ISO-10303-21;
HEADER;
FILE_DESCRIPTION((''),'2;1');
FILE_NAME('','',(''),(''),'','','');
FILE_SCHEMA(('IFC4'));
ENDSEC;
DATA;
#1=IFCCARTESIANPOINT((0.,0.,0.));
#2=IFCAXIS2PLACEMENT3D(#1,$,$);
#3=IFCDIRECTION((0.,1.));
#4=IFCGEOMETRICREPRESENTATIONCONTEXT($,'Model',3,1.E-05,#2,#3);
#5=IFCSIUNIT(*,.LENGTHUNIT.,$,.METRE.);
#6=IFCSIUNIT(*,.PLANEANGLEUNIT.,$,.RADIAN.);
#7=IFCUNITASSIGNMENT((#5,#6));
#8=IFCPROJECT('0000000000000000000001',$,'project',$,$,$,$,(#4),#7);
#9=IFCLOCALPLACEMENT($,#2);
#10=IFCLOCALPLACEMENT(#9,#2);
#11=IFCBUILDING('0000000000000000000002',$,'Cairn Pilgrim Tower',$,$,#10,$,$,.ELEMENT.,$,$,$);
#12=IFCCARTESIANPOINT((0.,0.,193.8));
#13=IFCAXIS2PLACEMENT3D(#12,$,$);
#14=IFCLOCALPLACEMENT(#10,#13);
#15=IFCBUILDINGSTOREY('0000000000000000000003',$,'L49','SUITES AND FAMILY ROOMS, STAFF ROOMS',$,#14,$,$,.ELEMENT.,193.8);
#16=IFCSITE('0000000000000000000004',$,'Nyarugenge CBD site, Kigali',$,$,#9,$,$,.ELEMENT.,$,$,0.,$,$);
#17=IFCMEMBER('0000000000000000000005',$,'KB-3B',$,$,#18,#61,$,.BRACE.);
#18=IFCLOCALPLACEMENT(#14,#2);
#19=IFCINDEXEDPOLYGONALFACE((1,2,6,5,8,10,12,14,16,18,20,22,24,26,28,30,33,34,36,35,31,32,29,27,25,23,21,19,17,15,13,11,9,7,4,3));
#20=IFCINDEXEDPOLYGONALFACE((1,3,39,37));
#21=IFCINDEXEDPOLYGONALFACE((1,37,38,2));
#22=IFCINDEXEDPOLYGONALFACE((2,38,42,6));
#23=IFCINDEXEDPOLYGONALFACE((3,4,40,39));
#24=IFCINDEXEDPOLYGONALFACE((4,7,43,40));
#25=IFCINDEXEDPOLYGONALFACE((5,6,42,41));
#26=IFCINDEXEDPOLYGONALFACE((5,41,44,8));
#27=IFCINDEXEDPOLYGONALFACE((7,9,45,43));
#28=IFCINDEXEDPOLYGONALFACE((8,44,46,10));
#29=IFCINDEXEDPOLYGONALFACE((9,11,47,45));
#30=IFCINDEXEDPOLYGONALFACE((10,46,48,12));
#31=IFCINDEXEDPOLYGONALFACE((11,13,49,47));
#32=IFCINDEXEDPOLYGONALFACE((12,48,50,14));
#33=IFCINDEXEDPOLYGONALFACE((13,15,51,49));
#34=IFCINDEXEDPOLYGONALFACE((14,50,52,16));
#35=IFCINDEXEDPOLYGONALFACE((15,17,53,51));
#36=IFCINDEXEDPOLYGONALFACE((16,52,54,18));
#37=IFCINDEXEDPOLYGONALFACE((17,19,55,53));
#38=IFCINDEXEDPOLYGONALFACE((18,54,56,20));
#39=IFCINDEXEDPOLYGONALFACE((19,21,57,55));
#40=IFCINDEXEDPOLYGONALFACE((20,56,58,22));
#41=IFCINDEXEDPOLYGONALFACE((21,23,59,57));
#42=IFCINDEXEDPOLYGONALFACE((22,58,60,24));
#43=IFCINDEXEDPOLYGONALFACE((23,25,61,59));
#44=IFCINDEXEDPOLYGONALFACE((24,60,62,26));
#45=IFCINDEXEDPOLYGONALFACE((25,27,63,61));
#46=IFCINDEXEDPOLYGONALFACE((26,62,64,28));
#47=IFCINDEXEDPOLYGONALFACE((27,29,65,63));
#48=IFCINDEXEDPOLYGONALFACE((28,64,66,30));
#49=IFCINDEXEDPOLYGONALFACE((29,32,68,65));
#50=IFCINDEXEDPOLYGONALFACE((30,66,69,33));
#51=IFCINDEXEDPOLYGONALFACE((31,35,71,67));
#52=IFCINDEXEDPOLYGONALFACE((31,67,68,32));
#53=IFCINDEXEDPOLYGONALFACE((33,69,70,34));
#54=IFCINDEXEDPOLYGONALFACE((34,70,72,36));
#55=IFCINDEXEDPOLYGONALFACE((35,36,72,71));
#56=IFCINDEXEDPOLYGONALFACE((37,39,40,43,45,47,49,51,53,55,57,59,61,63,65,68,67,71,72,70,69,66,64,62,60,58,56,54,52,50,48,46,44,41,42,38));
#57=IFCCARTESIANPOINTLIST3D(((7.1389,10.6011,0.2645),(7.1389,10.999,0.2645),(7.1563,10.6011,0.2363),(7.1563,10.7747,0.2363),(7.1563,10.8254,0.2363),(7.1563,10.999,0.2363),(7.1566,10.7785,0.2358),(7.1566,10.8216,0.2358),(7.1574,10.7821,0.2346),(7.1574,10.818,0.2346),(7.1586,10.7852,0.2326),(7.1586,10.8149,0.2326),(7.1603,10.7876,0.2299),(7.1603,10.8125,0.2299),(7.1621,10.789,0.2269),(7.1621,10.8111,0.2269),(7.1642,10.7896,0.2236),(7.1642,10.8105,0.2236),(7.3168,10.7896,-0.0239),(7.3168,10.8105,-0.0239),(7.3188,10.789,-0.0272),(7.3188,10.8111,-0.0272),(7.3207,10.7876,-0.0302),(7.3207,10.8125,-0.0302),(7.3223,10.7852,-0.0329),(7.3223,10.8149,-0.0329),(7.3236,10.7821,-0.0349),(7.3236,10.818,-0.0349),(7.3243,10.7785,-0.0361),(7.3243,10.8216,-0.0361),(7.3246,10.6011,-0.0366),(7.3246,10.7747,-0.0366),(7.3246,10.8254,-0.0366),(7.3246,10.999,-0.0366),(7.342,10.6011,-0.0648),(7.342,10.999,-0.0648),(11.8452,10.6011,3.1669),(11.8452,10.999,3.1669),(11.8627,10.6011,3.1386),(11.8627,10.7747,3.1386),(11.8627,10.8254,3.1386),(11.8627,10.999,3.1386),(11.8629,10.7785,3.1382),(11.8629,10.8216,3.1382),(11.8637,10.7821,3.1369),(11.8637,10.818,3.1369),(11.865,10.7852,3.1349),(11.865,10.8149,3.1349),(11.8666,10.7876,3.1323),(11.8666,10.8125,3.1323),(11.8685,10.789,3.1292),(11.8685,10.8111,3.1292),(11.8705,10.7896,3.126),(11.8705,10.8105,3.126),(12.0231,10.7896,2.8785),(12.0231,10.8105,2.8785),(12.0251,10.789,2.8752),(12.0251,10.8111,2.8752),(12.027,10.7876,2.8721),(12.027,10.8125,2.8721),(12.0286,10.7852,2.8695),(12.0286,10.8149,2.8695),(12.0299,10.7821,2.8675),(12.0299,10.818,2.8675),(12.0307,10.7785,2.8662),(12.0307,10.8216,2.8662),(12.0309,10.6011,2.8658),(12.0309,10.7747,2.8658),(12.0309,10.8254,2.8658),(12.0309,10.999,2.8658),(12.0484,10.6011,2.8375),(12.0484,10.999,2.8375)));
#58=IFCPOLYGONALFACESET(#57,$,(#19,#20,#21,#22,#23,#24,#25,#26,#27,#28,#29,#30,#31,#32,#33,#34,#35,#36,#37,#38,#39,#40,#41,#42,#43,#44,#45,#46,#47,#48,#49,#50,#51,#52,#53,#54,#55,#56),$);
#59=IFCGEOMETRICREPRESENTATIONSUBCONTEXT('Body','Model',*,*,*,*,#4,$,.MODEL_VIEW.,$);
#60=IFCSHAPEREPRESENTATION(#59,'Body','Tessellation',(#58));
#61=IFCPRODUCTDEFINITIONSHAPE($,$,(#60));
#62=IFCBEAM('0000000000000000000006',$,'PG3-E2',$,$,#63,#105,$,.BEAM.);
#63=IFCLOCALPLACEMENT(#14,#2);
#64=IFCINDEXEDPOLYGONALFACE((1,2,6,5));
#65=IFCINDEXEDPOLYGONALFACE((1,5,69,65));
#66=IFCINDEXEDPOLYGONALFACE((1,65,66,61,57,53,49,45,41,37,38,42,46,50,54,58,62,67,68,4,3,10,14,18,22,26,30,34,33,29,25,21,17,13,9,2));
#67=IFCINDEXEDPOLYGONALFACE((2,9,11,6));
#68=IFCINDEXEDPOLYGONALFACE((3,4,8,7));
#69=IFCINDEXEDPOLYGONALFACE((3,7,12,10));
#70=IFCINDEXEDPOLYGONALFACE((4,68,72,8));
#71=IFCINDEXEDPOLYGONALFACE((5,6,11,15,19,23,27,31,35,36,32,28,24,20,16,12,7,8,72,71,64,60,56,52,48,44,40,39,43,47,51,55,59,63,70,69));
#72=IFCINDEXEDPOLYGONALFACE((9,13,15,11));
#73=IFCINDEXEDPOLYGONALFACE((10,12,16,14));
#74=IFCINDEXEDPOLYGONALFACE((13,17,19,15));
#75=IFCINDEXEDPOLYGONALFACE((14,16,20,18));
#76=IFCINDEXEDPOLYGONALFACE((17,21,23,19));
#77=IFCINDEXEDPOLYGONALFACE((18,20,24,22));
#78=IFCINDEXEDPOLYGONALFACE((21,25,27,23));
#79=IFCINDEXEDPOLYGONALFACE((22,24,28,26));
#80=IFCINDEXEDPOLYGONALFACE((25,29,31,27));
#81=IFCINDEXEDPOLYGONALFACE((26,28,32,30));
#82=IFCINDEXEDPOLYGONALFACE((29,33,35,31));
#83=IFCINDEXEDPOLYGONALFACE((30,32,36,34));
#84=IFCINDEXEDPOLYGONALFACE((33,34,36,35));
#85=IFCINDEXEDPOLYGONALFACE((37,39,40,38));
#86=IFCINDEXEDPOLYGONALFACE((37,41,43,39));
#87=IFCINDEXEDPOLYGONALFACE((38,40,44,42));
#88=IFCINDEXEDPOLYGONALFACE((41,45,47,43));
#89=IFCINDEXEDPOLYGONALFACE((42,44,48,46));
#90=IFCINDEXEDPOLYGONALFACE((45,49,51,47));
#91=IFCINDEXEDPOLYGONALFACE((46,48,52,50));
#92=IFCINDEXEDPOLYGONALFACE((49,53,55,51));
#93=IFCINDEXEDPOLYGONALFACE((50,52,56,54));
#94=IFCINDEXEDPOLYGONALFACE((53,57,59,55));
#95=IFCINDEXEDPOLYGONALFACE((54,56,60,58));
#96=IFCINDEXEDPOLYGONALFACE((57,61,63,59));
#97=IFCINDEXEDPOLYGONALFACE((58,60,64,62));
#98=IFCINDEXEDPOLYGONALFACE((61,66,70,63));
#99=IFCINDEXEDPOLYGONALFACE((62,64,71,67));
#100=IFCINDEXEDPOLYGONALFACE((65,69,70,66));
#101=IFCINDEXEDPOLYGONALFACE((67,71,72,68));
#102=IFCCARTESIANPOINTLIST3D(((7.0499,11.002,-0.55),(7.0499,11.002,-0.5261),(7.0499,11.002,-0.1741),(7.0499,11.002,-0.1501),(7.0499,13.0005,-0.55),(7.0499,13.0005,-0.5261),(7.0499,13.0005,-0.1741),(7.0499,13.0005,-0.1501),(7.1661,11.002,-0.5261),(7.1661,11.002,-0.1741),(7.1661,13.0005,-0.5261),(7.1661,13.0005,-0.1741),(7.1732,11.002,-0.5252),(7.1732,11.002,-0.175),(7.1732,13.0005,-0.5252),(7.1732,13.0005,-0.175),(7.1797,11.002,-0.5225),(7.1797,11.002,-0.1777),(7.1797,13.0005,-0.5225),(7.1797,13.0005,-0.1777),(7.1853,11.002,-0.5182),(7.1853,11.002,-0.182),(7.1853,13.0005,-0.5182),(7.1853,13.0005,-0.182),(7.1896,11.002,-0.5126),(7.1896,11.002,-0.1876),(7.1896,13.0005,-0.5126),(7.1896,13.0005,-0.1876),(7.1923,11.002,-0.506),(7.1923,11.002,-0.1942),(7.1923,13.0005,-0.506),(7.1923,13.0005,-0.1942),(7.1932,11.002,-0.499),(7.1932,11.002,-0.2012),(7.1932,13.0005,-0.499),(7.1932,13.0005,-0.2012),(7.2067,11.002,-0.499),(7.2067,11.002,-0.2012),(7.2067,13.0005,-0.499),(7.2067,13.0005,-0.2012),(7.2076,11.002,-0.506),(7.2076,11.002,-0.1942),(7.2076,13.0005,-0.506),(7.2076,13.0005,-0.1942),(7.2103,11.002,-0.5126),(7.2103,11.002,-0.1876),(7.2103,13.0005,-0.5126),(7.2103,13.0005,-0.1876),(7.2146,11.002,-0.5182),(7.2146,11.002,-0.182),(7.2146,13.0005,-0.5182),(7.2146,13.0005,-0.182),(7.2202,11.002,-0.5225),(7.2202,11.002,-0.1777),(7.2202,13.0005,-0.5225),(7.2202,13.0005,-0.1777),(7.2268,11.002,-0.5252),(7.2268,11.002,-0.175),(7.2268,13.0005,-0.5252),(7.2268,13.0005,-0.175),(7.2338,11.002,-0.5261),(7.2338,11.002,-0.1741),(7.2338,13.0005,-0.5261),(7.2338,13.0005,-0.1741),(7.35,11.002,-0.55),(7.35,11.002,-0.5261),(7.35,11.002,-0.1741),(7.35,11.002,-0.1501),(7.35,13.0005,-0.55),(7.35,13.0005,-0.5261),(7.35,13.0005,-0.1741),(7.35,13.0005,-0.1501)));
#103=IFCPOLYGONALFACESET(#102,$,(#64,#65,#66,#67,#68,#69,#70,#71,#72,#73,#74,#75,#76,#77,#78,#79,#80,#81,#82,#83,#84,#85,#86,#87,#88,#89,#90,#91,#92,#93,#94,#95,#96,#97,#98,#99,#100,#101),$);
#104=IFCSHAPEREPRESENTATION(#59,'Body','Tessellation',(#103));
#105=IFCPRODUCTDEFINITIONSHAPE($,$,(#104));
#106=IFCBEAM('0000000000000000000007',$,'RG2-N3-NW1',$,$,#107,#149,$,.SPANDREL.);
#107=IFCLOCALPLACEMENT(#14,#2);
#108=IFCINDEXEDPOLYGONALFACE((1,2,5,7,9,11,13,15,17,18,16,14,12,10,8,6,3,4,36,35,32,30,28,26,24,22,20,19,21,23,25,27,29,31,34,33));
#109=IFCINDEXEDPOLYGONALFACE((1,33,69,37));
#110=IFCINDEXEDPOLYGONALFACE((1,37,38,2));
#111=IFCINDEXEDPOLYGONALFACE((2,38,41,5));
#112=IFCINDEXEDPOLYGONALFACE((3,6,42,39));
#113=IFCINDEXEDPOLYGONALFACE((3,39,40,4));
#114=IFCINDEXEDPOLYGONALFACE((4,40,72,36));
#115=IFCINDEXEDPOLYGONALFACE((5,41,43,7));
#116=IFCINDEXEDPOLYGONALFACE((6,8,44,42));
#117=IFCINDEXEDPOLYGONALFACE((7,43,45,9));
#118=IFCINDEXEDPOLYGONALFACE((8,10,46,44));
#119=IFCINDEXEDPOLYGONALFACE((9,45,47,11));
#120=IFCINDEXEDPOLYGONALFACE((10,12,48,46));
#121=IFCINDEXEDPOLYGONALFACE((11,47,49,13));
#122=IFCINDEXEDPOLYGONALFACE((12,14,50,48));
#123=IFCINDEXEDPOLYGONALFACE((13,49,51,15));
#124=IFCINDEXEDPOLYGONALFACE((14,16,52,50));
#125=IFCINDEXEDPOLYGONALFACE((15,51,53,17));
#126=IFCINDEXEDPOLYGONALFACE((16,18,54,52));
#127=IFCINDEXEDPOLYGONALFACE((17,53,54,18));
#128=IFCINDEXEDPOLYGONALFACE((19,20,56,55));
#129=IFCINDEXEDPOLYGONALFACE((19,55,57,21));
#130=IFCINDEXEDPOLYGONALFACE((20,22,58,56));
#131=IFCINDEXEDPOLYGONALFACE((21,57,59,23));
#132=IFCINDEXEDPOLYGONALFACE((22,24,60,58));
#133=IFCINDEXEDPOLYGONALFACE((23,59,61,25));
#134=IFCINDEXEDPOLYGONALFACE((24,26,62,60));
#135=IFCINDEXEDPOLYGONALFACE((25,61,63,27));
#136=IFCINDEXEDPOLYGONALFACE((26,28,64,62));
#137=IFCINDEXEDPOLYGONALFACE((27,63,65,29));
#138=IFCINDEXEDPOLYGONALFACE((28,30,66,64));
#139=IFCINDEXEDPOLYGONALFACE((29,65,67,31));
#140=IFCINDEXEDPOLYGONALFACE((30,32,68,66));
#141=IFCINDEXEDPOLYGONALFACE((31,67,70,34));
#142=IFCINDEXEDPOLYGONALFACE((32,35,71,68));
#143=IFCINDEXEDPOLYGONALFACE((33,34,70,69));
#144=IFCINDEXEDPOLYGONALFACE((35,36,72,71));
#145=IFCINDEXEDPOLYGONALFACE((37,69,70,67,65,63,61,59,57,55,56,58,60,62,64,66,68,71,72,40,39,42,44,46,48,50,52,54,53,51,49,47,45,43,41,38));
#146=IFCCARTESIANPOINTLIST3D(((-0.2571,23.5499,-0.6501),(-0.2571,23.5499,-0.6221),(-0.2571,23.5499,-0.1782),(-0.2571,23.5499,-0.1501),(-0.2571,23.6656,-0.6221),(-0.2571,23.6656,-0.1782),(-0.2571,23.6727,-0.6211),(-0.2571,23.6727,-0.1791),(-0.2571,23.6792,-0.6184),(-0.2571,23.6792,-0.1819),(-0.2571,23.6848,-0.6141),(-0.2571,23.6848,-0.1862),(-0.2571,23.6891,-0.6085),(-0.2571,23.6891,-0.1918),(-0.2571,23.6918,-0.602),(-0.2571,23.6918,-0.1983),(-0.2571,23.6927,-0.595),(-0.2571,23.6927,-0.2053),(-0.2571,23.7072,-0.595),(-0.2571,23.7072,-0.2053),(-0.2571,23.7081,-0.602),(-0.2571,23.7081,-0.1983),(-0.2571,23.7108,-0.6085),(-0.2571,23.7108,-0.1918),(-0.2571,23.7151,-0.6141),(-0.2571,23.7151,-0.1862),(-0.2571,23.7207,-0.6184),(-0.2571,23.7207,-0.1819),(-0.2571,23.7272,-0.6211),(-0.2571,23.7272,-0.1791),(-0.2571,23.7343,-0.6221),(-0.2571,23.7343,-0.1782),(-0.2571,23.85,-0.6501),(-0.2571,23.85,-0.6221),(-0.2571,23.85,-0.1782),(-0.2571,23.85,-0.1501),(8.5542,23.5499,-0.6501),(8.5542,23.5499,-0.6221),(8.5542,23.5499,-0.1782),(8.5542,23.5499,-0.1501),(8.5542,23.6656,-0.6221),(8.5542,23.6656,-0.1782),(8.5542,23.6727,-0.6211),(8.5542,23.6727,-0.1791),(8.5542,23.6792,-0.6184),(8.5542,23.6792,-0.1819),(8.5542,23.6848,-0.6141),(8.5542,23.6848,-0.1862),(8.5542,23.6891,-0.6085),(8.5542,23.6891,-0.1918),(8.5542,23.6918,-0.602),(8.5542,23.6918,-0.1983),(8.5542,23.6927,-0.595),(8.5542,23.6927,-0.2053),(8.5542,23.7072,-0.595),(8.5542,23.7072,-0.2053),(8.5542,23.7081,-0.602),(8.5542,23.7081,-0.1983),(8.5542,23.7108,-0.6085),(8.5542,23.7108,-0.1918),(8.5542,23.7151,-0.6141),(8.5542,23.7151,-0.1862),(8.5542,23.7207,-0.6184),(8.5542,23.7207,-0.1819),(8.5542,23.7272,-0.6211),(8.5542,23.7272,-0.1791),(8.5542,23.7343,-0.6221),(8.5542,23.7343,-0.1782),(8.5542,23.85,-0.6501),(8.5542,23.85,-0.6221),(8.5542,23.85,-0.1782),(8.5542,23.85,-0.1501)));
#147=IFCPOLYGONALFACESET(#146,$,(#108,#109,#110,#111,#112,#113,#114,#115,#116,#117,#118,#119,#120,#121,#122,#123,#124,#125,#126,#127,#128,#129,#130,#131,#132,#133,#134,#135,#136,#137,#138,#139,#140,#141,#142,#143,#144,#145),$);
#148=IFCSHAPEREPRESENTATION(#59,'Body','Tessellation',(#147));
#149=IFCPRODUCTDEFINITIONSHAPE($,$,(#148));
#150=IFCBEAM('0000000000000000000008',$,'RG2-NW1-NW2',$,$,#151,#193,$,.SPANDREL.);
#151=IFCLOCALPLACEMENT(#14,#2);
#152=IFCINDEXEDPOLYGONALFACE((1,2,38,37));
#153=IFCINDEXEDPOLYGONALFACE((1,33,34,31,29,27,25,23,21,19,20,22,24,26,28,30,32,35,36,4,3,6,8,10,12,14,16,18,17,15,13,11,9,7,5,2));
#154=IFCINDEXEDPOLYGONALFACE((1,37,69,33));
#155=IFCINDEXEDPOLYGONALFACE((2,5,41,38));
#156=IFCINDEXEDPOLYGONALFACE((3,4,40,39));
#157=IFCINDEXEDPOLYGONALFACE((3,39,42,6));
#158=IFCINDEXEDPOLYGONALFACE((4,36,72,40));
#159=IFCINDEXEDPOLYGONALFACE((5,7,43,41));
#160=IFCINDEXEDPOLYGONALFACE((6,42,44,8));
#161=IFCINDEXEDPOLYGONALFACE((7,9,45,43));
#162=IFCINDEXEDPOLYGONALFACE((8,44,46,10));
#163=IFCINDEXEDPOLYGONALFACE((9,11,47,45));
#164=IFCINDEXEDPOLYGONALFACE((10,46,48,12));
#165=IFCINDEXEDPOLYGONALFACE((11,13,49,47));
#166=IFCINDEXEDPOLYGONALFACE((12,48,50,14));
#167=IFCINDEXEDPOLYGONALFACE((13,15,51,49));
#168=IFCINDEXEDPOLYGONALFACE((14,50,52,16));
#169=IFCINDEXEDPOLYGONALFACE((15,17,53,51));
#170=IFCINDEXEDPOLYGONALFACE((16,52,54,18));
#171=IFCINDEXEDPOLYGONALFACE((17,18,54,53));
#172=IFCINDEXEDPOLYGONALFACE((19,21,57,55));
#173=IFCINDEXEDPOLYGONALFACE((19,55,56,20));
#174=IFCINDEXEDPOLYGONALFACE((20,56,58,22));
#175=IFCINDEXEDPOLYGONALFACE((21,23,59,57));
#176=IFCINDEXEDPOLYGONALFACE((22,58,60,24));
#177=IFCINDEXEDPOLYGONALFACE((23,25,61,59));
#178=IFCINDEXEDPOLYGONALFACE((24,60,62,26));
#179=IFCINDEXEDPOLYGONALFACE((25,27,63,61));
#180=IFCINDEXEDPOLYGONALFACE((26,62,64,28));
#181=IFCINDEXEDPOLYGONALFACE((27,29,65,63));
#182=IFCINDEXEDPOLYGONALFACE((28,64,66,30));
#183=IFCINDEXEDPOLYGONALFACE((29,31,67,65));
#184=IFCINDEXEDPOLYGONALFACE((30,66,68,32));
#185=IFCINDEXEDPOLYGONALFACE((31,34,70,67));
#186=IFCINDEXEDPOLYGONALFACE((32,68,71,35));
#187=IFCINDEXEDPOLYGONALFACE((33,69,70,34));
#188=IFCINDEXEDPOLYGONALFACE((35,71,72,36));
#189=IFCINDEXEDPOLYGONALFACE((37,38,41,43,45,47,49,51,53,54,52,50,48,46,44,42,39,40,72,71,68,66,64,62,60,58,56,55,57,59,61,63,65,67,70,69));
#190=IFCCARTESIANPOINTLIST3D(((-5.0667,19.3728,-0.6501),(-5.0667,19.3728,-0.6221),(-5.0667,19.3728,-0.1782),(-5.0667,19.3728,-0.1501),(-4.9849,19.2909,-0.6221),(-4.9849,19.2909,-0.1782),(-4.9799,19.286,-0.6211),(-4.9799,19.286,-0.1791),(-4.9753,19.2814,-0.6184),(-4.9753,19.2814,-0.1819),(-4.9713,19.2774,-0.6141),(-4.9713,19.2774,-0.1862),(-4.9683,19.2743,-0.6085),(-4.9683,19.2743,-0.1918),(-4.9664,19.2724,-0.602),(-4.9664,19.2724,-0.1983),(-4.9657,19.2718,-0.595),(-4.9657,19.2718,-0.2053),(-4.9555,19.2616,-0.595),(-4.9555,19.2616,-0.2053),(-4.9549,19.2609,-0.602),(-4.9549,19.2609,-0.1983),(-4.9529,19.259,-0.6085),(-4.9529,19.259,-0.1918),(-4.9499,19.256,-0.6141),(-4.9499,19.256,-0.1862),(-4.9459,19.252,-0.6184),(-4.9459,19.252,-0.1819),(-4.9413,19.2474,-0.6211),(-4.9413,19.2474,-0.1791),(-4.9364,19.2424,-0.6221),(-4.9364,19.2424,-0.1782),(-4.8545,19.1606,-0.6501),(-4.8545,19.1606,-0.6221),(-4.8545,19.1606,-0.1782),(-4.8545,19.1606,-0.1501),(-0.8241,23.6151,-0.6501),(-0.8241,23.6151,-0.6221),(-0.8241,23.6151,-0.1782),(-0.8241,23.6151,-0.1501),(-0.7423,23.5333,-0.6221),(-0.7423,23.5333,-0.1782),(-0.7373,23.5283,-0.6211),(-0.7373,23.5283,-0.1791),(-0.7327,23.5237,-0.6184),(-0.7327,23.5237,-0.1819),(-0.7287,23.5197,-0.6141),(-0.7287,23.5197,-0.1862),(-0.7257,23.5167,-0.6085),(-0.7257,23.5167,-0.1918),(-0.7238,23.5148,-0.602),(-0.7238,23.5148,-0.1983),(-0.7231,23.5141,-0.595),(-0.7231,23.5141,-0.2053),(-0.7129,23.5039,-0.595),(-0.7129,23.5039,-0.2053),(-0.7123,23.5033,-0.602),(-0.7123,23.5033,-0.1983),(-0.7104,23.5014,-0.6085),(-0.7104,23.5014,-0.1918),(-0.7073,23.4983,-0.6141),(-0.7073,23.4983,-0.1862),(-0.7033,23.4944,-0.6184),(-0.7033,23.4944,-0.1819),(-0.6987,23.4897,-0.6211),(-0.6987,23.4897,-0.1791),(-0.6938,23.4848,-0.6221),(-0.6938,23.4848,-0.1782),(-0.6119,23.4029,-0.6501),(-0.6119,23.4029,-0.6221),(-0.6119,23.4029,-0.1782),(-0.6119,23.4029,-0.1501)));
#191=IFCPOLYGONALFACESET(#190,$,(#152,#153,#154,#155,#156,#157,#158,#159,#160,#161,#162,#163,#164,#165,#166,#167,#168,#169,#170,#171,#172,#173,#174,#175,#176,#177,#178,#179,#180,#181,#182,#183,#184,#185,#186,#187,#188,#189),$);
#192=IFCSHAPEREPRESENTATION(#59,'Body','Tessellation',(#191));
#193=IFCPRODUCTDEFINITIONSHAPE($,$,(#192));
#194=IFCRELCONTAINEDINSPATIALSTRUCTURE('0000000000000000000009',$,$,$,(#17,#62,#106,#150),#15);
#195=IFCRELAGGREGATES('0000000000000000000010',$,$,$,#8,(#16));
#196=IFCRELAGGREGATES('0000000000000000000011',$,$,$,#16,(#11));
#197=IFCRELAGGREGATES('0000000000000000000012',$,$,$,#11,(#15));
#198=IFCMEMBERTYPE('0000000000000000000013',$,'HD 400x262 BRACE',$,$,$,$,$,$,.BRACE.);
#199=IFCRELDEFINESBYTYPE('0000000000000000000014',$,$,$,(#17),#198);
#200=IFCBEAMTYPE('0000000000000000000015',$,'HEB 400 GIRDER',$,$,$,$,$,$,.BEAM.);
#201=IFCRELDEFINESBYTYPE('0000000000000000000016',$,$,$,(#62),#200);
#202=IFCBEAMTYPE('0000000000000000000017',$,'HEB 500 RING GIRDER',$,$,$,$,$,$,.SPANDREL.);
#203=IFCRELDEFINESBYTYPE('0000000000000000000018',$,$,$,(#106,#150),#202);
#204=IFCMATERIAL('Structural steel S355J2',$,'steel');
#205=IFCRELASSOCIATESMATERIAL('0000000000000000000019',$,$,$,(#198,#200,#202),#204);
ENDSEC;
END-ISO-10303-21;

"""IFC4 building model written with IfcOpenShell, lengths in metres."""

from ifc_helpers import new_model, si_unit, direction, frame, origin, origin_2d, place, context, subcontext, project, spatial, i_section, extrude, material, material_profile, profile_set, type_object, element, save


model = new_model("IFC4")

# Units and contexts
model_context = context("Model", 3, precision=1e-05, world=origin(), true_north=direction((0.0, 1.0)))
body_context = subcontext(model_context, "Body", "Model", "MODEL_VIEW")
ifc_project = project(units=[si_unit("LENGTHUNIT", "METRE"), si_unit("PLANEANGLEUNIT", "RADIAN")], contexts=[model_context])

# Site, building, storey
site_placement = place(None, origin())
site = spatial("IfcSite", under=ifc_project, at=site_placement, Name="Nyarugenge CBD site, Kigali", CompositionType="ELEMENT", RefElevation=0.0)
building_placement = place(site_placement, origin())
building = spatial("IfcBuilding", under=site, at=building_placement, Name="Cairn Pilgrim Tower", CompositionType="ELEMENT")
storey_placement = place(building_placement, frame((0.0, 0.0, 193.8)))
storey = spatial("IfcBuildingStorey", under=building, at=storey_placement, Name="L49", Description="SUITES AND FAMILY ROOMS, STAFF ROOMS", CompositionType="ELEMENT", Elevation=193.8)

# Shared definitions
ifc_material_1 = material(Name="Structural steel S355J2", Category="steel")

# Member
ifc_material_profile_1 = material_profile(ifc_material_1, i_section(OverallWidth=0.3979, OverallDepth=0.387, WebThickness=0.021, FlangeThickness=0.0332, FilletRadius=0.0149, at=origin_2d()), Name="HD 400x262")
ifc_profile_set_1 = profile_set([ifc_material_profile_1], Name="Structural steel S355J2")
member_type_1 = type_object("IfcMemberType", Name="HD 400x262 BRACE", PredefinedType="BRACE", material=ifc_profile_set_1)
member_1_placement = place(storey_placement, frame((7.2405, 10.8, 0.0999), z_axis=(0.851161, 0.0, 0.524905), x_axis=(0.0, 1.0, 0.0)))
element("IfcMember", 1, at=member_1_placement, inside=storey, type_object=member_type_1, Name="KB-3B", PredefinedType="BRACE", context=body_context, shape_type="SweptSolid", body=[
    extrude(i_section(OverallWidth=0.3979, OverallDepth=0.387, WebThickness=0.021, FlangeThickness=0.0332, FilletRadius=0.0149, at=origin_2d()), origin(), (0.0, 0.0, 1.0), 5.5293),
])

# Beams
ifc_material_profile_2 = material_profile(ifc_material_1, i_section(OverallWidth=0.3, OverallDepth=0.3999, WebThickness=0.0134, FlangeThickness=0.0239, FilletRadius=0.0271, at=origin_2d()), Name="HEB 400")
ifc_profile_set_2 = profile_set([ifc_material_profile_2], Name="Structural steel S355J2")
beam_type_1 = type_object("IfcBeamType", Name="HEB 400 GIRDER", PredefinedType="BEAM", material=ifc_profile_set_2)
beam_1_placement = place(storey_placement, frame((7.2, 11.002, -0.3501), z_axis=(0.0, 1.0, 0.0), x_axis=(-1.0, 0.0, 0.0)))
element("IfcBeam", 2, at=beam_1_placement, inside=storey, type_object=beam_type_1, Name="PG3-E2", PredefinedType="BEAM", context=body_context, shape_type="SweptSolid", body=[
    extrude(i_section(OverallWidth=0.3, OverallDepth=0.3999, WebThickness=0.0134, FlangeThickness=0.0239, FilletRadius=0.0271, at=origin_2d()), origin(), (0.0, 0.0, 1.0), 1.9985),
])
ifc_material_profile_3 = material_profile(ifc_material_1, i_section(OverallWidth=0.3, OverallDepth=0.5, WebThickness=0.0144, FlangeThickness=0.0281, FilletRadius=0.0271, at=origin_2d()), Name="HEB 500")
ifc_profile_set_3 = profile_set([ifc_material_profile_3], Name="Structural steel S355J2")
beam_type_2 = type_object("IfcBeamType", Name="HEB 500 RING GIRDER", PredefinedType="SPANDREL", material=ifc_profile_set_3)
beam_2_placement = place(storey_placement, frame((8.5542, 23.7, -0.4001), z_axis=(-1.0, 0.0, 0.0), x_axis=(0.0, -1.0, 0.0)))
element("IfcBeam", 3, at=beam_2_placement, inside=storey, type_object=beam_type_2, Name="RG2-N3-NW1", PredefinedType="SPANDREL", context=body_context, shape_type="SweptSolid", body=[
    extrude(i_section(OverallWidth=0.3, OverallDepth=0.5, WebThickness=0.0144, FlangeThickness=0.0281, FilletRadius=0.0271, at=origin_2d()), origin(), (0.0, 0.0, 1.0), 8.8113),
])
beam_3_placement = place(storey_placement, frame((-0.718, 23.509, -0.4001), z_axis=(-0.707127, -0.707086, 0.0), x_axis=(0.707086, -0.707127, 0.0)))
element("IfcBeam", 4, at=beam_3_placement, inside=storey, type_object=beam_type_2, Name="RG2-NW1-NW2", PredefinedType="SPANDREL", context=body_context, shape_type="SweptSolid", body=[
    extrude(i_section(OverallWidth=0.3, OverallDepth=0.5, WebThickness=0.0144, FlangeThickness=0.0281, FilletRadius=0.0271, at=origin_2d()), origin(), (0.0, 0.0, 1.0), 5.9998),
])

save(model, "model.ifc")
